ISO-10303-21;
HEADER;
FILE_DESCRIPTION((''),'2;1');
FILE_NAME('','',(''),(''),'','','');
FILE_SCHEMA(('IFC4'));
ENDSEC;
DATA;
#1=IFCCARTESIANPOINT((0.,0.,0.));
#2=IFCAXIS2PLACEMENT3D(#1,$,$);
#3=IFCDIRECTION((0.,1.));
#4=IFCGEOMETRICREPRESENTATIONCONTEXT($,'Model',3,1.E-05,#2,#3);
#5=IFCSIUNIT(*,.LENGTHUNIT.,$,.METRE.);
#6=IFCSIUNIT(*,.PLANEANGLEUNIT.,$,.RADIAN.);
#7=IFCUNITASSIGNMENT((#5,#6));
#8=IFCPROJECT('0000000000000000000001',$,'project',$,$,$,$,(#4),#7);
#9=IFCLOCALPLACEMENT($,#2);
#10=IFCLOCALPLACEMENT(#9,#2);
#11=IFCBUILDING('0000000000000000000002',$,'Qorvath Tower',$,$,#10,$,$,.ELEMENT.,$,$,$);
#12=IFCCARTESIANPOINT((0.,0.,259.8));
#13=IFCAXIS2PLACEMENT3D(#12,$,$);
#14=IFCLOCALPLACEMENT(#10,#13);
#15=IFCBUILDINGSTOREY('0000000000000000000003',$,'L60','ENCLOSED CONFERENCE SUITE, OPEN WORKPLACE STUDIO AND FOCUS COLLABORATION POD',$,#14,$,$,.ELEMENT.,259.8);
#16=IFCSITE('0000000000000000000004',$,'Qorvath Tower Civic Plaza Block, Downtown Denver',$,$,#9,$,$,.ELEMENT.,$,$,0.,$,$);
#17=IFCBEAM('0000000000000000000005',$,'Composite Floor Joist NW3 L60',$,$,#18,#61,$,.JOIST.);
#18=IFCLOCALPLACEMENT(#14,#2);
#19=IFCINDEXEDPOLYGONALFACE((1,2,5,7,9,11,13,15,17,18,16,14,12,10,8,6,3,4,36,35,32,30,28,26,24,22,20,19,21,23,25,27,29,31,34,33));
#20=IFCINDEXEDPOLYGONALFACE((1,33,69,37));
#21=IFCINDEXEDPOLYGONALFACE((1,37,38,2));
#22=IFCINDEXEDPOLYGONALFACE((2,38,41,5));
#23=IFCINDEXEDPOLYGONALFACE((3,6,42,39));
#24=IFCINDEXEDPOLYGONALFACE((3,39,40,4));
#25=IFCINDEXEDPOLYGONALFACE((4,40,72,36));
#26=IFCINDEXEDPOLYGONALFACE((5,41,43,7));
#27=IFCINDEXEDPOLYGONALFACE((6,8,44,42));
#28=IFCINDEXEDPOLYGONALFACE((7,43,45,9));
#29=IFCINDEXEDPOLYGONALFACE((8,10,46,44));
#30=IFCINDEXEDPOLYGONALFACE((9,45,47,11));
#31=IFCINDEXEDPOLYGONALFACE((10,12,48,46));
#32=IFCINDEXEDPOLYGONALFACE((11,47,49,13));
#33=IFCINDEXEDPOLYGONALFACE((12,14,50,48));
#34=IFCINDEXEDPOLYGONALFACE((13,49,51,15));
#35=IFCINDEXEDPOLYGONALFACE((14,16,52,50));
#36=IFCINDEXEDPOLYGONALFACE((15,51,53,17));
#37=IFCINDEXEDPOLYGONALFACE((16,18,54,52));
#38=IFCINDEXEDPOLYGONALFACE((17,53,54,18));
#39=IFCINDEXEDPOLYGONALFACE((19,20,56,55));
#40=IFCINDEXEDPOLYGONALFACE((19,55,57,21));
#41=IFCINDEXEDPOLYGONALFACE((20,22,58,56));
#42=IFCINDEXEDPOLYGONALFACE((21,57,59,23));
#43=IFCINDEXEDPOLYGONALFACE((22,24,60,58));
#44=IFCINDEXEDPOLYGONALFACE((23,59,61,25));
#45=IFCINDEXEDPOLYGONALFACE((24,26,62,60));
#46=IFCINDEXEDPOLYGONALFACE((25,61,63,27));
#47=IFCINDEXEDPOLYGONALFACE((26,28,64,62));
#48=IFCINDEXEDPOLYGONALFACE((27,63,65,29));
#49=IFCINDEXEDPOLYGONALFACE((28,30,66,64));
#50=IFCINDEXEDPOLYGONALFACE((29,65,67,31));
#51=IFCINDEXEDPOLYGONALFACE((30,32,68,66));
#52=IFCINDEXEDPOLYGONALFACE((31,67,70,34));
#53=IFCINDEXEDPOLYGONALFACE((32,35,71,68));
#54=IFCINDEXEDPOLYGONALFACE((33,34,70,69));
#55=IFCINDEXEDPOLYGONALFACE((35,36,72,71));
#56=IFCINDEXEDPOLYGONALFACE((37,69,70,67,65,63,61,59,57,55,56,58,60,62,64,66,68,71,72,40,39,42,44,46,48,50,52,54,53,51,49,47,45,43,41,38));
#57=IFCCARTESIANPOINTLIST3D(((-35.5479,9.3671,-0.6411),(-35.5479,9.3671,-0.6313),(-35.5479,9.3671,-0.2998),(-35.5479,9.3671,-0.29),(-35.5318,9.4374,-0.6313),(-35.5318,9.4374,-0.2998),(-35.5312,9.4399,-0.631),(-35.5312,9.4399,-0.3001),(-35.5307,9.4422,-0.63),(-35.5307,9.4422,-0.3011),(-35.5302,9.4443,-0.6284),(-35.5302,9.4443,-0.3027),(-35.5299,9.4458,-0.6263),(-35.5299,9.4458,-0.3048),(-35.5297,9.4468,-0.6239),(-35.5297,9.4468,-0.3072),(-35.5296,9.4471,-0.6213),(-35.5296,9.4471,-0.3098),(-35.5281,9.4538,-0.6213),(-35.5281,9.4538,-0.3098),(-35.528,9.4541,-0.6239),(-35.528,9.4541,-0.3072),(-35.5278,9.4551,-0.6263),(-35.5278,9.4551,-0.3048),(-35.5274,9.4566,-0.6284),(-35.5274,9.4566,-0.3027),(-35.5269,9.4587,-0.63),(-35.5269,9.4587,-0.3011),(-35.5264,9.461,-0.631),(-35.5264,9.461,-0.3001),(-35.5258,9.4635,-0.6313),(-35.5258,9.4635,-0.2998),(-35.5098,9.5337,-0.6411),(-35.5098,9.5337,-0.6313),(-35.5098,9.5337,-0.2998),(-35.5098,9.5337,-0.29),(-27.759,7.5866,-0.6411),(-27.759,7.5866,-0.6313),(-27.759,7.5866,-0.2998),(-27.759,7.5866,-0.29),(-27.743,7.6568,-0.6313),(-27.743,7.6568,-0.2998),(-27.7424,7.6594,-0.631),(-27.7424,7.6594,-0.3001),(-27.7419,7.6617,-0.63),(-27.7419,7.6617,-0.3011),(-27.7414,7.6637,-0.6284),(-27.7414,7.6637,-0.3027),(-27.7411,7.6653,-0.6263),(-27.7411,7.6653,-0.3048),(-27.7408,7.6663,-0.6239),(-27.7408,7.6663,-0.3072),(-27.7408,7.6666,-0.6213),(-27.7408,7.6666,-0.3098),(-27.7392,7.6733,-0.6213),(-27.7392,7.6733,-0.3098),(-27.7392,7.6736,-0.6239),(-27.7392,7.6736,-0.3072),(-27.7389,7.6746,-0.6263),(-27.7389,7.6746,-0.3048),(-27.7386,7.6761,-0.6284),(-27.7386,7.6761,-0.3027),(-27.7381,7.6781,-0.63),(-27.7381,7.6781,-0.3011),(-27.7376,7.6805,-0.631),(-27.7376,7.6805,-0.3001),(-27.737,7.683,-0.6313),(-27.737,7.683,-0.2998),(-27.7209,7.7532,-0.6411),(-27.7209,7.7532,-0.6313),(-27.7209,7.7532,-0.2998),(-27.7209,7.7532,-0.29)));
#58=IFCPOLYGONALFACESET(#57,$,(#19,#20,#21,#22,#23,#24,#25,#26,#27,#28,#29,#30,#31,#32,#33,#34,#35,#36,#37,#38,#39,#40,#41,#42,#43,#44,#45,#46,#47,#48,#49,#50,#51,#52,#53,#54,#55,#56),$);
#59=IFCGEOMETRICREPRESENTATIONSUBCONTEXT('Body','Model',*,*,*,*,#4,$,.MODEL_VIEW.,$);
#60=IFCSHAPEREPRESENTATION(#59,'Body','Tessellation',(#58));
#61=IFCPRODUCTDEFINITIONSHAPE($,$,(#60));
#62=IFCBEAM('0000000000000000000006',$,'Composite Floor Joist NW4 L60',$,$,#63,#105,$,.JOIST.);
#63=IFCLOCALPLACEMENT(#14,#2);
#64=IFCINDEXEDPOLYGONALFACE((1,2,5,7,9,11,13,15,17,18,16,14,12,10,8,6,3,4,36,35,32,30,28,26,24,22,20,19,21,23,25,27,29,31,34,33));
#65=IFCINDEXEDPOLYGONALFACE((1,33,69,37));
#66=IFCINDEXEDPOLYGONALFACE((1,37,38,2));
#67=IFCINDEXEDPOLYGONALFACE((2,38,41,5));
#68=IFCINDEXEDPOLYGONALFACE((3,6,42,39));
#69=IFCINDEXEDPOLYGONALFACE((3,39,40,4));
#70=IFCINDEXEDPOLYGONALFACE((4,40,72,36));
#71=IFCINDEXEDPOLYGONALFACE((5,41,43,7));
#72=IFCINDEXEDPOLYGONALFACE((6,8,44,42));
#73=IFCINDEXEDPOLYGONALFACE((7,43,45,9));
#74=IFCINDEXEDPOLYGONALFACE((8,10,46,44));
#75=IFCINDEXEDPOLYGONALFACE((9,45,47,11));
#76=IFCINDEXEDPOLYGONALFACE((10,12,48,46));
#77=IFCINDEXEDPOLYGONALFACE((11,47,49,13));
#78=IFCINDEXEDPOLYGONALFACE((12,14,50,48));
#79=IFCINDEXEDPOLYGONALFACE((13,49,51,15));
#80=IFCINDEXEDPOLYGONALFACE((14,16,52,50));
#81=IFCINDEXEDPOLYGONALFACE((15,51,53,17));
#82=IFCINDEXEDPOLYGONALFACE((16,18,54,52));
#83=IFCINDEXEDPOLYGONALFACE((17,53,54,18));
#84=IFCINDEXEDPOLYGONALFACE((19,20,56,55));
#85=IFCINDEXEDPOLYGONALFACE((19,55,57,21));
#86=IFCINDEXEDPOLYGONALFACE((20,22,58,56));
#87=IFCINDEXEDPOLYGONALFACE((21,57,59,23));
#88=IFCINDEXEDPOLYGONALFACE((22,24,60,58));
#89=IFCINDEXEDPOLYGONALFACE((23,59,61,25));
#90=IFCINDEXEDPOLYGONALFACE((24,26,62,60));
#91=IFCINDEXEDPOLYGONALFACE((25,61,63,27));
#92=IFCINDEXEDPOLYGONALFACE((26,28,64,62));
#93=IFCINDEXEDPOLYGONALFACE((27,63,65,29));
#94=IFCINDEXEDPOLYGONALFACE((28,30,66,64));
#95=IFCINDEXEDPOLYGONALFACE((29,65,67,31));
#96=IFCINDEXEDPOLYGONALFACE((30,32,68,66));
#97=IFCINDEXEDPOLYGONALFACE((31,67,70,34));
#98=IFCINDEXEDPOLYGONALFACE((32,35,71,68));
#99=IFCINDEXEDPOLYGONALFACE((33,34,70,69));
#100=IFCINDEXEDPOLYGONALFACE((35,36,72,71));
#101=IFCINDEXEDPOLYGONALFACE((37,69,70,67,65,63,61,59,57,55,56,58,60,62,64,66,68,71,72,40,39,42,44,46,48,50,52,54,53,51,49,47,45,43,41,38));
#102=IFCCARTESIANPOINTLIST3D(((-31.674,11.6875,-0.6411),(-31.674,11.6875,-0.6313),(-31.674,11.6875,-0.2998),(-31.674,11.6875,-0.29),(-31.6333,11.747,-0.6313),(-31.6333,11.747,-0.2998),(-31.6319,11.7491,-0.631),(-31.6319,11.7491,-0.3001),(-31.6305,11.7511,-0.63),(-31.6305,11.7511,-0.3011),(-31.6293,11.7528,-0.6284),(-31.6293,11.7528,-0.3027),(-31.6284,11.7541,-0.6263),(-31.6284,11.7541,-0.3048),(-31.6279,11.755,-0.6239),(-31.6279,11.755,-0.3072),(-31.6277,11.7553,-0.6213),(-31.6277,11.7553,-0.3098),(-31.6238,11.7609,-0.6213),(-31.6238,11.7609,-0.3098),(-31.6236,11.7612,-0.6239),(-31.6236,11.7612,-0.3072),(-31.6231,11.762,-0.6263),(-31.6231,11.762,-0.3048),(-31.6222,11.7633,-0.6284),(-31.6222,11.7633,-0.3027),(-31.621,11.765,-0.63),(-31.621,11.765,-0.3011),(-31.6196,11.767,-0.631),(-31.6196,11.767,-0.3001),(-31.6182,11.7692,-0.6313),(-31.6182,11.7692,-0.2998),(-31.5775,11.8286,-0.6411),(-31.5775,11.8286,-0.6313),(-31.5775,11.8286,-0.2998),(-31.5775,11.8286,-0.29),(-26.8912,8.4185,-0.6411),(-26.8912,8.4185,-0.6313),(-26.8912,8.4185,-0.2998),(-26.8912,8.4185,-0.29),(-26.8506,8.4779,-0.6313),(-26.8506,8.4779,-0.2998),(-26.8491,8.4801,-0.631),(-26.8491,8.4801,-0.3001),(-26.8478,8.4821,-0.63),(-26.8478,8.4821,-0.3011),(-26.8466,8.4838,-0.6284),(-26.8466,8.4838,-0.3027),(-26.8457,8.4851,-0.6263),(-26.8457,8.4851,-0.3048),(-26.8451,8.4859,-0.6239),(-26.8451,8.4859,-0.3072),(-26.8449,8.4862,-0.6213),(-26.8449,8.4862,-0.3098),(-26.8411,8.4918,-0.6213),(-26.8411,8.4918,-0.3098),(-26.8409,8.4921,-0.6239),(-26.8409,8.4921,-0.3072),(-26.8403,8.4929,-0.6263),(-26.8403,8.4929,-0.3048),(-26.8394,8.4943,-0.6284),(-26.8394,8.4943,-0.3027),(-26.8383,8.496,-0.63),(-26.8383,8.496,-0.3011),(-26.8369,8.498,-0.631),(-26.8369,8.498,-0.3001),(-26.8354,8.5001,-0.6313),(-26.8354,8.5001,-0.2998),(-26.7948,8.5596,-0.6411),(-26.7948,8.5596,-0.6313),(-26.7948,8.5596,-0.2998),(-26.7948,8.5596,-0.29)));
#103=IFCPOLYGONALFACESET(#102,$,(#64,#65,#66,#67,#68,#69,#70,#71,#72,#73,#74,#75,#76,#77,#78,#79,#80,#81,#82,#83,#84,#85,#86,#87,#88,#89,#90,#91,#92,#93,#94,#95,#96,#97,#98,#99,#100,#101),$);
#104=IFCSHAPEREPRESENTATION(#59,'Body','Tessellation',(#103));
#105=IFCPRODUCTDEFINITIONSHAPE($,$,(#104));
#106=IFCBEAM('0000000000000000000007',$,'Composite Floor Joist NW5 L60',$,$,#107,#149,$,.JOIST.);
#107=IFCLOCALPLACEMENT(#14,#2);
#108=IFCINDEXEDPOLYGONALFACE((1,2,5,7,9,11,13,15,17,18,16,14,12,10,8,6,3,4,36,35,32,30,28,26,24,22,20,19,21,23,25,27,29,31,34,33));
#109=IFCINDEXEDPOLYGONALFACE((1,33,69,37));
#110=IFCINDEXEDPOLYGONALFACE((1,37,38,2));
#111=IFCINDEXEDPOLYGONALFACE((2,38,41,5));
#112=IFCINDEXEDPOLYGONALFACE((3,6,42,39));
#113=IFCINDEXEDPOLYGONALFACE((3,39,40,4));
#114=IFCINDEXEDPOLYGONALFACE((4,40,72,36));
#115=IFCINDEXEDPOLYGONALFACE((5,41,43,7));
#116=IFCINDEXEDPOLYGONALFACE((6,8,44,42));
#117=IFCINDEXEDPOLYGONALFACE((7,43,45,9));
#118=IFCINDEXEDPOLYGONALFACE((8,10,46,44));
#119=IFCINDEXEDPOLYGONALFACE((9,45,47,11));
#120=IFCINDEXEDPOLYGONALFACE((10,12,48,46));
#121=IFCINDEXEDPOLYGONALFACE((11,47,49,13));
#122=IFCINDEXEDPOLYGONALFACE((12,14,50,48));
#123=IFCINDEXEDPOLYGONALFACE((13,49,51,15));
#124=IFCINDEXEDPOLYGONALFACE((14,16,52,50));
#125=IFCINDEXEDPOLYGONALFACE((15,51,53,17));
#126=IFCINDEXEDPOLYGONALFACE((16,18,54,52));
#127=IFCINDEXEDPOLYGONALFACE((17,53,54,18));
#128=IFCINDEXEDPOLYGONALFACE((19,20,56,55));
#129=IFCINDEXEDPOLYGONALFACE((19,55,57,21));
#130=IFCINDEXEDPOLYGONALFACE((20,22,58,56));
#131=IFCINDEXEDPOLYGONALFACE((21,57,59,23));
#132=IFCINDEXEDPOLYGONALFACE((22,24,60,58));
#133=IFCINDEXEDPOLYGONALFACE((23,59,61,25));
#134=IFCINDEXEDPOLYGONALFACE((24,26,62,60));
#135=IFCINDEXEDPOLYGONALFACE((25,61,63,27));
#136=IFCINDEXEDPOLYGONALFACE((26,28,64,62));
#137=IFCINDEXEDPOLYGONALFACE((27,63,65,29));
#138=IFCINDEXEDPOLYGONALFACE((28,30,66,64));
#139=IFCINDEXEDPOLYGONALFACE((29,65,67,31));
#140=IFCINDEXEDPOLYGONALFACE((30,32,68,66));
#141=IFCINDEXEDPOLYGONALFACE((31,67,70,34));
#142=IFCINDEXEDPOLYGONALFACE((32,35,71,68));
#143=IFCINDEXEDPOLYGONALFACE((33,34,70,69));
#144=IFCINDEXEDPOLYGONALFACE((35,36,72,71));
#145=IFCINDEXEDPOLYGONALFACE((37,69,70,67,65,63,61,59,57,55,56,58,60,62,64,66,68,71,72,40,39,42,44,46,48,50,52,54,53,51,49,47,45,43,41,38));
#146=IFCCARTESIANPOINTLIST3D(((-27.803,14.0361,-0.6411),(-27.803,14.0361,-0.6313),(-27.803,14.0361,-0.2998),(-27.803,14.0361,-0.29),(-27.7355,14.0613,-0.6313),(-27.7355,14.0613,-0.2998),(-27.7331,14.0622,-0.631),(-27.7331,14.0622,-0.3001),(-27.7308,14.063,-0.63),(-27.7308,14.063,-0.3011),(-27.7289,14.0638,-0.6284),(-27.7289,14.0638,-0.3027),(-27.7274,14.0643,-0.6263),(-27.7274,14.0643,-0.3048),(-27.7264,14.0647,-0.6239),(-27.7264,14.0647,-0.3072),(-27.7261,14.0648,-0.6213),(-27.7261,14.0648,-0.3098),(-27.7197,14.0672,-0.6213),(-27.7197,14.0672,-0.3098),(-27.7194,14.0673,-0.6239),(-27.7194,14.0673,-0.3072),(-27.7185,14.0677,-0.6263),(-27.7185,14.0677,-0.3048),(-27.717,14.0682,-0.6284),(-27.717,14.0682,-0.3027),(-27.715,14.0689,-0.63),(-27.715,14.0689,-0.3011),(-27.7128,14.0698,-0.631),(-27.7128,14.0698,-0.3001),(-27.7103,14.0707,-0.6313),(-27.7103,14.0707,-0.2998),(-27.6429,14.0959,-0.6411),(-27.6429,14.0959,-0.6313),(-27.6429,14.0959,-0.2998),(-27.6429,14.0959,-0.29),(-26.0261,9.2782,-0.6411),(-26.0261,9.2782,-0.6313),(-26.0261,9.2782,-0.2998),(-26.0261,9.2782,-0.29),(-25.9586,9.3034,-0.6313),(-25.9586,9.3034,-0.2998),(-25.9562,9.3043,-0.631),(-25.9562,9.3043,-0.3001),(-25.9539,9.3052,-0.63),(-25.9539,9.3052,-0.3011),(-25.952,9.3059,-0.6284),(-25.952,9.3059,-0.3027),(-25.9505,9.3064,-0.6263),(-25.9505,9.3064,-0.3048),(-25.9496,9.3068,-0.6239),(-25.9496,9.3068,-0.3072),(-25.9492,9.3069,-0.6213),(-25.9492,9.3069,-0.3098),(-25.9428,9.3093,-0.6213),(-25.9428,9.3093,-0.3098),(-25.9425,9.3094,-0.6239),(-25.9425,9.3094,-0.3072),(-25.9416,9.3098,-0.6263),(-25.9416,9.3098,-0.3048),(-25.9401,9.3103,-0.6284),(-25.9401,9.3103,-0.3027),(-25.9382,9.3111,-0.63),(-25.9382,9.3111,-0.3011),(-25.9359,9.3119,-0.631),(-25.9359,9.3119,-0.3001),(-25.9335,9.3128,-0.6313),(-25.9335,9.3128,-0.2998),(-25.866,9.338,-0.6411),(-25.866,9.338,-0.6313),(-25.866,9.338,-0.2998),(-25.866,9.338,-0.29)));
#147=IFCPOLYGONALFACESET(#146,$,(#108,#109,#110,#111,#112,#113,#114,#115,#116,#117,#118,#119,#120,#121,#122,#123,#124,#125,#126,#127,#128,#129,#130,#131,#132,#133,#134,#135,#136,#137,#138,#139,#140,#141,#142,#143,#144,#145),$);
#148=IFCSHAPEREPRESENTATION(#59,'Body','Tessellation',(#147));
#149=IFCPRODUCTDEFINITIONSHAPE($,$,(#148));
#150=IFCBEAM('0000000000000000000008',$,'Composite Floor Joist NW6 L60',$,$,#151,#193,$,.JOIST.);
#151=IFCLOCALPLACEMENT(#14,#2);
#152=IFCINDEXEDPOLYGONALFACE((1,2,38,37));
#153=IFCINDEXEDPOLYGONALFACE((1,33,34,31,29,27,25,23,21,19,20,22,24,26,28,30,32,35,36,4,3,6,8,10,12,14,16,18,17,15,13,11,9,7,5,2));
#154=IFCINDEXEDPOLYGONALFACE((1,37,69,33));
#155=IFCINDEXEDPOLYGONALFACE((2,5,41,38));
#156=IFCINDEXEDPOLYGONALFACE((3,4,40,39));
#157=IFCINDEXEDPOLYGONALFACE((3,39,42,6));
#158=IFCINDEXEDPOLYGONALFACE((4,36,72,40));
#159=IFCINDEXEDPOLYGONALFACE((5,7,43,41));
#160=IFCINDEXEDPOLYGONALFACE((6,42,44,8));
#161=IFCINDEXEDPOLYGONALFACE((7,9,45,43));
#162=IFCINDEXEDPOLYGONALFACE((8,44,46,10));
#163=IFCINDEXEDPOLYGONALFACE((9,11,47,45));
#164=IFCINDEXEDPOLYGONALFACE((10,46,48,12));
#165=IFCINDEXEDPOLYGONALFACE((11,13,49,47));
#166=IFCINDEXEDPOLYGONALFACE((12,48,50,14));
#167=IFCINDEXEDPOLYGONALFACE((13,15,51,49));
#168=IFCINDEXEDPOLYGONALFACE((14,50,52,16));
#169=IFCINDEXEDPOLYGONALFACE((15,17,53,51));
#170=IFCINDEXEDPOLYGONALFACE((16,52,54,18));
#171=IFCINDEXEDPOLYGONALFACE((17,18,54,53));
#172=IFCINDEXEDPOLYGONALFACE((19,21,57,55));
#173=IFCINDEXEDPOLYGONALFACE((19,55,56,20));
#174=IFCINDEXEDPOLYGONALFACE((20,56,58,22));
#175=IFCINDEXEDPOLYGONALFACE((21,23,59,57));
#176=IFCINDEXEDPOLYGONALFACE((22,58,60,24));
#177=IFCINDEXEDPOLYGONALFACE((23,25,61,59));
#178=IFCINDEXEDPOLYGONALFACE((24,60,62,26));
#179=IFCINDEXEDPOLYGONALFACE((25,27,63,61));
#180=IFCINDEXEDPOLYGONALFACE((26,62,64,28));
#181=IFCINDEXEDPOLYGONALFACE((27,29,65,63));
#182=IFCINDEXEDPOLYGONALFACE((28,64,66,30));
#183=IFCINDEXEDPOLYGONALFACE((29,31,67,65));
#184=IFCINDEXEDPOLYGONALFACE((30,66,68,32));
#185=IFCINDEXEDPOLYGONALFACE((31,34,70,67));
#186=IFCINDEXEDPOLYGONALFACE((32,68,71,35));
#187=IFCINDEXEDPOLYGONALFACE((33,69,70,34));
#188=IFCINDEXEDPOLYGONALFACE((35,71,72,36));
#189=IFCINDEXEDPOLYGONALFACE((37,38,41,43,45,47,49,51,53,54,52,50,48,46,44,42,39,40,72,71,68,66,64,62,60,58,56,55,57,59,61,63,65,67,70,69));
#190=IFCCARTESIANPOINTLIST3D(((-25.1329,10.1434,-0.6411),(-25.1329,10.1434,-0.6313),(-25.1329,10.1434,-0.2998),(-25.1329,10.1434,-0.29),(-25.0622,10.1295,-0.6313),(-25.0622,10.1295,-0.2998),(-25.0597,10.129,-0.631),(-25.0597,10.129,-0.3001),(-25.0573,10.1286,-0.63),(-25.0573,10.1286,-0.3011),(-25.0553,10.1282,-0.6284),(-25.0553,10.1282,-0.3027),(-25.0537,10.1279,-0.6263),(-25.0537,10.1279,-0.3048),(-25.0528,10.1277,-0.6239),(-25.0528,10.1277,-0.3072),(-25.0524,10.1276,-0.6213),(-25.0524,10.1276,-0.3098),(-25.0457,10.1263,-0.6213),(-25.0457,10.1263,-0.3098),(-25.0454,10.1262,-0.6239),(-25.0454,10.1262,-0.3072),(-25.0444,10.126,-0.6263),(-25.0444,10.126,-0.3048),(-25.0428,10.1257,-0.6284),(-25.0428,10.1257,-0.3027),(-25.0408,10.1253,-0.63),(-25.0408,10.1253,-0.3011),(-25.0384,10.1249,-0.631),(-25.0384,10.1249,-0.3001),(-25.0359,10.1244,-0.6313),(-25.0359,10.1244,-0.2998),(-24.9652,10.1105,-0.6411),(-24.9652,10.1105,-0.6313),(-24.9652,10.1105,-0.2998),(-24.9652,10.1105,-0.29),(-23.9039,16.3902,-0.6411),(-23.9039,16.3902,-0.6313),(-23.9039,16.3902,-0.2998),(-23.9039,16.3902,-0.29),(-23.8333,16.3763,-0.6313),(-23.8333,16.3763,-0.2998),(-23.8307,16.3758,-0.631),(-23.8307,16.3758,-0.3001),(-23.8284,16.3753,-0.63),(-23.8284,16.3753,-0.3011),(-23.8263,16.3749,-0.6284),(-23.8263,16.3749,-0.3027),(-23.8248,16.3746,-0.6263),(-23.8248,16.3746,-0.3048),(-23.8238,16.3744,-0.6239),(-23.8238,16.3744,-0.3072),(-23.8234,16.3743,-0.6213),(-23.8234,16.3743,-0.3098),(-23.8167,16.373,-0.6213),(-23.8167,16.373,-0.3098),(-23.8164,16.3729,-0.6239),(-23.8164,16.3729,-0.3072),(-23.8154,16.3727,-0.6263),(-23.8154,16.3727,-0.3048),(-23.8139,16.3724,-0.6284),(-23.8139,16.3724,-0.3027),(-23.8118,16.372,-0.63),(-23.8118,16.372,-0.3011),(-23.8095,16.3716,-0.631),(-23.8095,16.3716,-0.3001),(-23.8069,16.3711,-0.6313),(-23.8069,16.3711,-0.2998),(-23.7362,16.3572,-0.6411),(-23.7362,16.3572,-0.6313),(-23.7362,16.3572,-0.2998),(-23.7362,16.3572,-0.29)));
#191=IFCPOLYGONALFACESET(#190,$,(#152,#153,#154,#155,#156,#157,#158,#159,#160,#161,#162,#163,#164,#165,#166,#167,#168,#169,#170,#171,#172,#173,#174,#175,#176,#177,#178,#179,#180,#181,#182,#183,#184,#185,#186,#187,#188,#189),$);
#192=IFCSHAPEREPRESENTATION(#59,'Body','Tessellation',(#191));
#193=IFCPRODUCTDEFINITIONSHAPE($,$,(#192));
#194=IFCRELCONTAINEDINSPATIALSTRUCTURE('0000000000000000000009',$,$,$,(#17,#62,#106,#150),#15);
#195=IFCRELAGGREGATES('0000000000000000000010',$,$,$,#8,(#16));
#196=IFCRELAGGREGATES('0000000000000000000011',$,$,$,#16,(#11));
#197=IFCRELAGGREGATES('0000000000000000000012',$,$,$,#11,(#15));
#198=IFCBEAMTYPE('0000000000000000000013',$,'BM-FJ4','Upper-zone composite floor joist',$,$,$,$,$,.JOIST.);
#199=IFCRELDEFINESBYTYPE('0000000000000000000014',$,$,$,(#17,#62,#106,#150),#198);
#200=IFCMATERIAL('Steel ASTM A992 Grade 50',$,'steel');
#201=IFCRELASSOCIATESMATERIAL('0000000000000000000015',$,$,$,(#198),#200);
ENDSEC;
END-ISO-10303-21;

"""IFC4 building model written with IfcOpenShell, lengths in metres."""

from ifc_helpers import new_model, si_unit, direction, frame, origin, origin_2d, place, context, subcontext, project, spatial, i_section, extrude, material, material_profile, profile_set, type_object, element, save


model = new_model("IFC4")

# Units and contexts
model_context = context("Model", 3, precision=1e-05, world=origin(), true_north=direction((0.0, 1.0)))
body_context = subcontext(model_context, "Body", "Model", "MODEL_VIEW")
ifc_project = project(units=[si_unit("LENGTHUNIT", "METRE"), si_unit("PLANEANGLEUNIT", "RADIAN")], contexts=[model_context])

# Site, building, storey
site_placement = place(None, origin())
site = spatial("IfcSite", under=ifc_project, at=site_placement, Name="Qorvath Tower Civic Plaza Block, Downtown Denver", CompositionType="ELEMENT", RefElevation=0.0)
building_placement = place(site_placement, origin())
building = spatial("IfcBuilding", under=site, at=building_placement, Name="Qorvath Tower", CompositionType="ELEMENT")
storey_placement = place(building_placement, frame((0.0, 0.0, 259.8)))
storey = spatial("IfcBuildingStorey", under=building, at=storey_placement, Name="L60", Description="ENCLOSED CONFERENCE SUITE, OPEN WORKPLACE STUDIO AND FOCUS COLLABORATION POD", CompositionType="ELEMENT", Elevation=259.8)

# Beams
ifc_material_1 = material(Name="Steel ASTM A992 Grade 50", Category="steel")
ifc_material_profile_1 = material_profile(ifc_material_1, i_section(OverallWidth=0.1709, OverallDepth=0.3511, WebThickness=0.0068, FlangeThickness=0.0098, FilletRadius=0.01, at=origin_2d()), Name="W14x30")
ifc_profile_set_1 = profile_set([ifc_material_profile_1], Name="Steel ASTM A992 Grade 50")
beam_type_1 = type_object("IfcBeamType", Name="BM-FJ4", Description="Upper-zone composite floor joist", PredefinedType="JOIST", material=ifc_profile_set_1)
beam_1_placement = place(storey_placement, frame((-27.74, 7.6699, -0.4656), z_axis=(-0.974853, 0.222851, 0.0), x_axis=(-0.222851, -0.974853, 0.0)))
element("IfcBeam", 1, at=beam_1_placement, inside=storey, type_object=beam_type_1, Name="Composite Floor Joist NW3 L60", PredefinedType="JOIST", context=body_context, shape_type="SweptSolid", body=[
    extrude(i_section(OverallWidth=0.1709, OverallDepth=0.3511, WebThickness=0.0068, FlangeThickness=0.0098, FilletRadius=0.01, at=origin_2d()), origin(), (0.0, 0.0, 1.0), 7.9897),
])
beam_2_placement = place(storey_placement, frame((-26.843, 8.489, -0.4656), z_axis=(-0.825576, 0.564291, 0.0), x_axis=(-0.564291, -0.825576, 0.0)))
element("IfcBeam", 2, at=beam_2_placement, inside=storey, type_object=beam_type_1, Name="Composite Floor Joist NW4 L60", PredefinedType="JOIST", context=body_context, shape_type="SweptSolid", body=[
    extrude(i_section(OverallWidth=0.1709, OverallDepth=0.3511, WebThickness=0.0068, FlangeThickness=0.0098, FilletRadius=0.01, at=origin_2d()), origin(), (0.0, 0.0, 1.0), 5.7932),
])
beam_3_placement = place(storey_placement, frame((-25.946, 9.3081, -0.4656), z_axis=(-0.349859, 0.936802, 0.0), x_axis=(-0.936802, -0.349859, 0.0)))
element("IfcBeam", 3, at=beam_3_placement, inside=storey, type_object=beam_type_1, Name="Composite Floor Joist NW5 L60", PredefinedType="JOIST", context=body_context, shape_type="SweptSolid", body=[
    extrude(i_section(OverallWidth=0.1709, OverallDepth=0.3511, WebThickness=0.0068, FlangeThickness=0.0098, FilletRadius=0.01, at=origin_2d()), origin(), (0.0, 0.0, 1.0), 5.0789),
])
beam_4_placement = place(storey_placement, frame((-25.0491, 10.127, -0.4656), z_axis=(0.19304, 0.981191, 0.0), x_axis=(-0.981191, 0.19304, 0.0)))
element("IfcBeam", 4, at=beam_4_placement, inside=storey, type_object=beam_type_1, Name="Composite Floor Joist NW6 L60", PredefinedType="JOIST", context=body_context, shape_type="SweptSolid", body=[
    extrude(i_section(OverallWidth=0.1709, OverallDepth=0.3511, WebThickness=0.0068, FlangeThickness=0.0098, FilletRadius=0.01, at=origin_2d()), origin(), (0.0, 0.0, 1.0), 6.3665),
])

save(model, "model.ifc")
